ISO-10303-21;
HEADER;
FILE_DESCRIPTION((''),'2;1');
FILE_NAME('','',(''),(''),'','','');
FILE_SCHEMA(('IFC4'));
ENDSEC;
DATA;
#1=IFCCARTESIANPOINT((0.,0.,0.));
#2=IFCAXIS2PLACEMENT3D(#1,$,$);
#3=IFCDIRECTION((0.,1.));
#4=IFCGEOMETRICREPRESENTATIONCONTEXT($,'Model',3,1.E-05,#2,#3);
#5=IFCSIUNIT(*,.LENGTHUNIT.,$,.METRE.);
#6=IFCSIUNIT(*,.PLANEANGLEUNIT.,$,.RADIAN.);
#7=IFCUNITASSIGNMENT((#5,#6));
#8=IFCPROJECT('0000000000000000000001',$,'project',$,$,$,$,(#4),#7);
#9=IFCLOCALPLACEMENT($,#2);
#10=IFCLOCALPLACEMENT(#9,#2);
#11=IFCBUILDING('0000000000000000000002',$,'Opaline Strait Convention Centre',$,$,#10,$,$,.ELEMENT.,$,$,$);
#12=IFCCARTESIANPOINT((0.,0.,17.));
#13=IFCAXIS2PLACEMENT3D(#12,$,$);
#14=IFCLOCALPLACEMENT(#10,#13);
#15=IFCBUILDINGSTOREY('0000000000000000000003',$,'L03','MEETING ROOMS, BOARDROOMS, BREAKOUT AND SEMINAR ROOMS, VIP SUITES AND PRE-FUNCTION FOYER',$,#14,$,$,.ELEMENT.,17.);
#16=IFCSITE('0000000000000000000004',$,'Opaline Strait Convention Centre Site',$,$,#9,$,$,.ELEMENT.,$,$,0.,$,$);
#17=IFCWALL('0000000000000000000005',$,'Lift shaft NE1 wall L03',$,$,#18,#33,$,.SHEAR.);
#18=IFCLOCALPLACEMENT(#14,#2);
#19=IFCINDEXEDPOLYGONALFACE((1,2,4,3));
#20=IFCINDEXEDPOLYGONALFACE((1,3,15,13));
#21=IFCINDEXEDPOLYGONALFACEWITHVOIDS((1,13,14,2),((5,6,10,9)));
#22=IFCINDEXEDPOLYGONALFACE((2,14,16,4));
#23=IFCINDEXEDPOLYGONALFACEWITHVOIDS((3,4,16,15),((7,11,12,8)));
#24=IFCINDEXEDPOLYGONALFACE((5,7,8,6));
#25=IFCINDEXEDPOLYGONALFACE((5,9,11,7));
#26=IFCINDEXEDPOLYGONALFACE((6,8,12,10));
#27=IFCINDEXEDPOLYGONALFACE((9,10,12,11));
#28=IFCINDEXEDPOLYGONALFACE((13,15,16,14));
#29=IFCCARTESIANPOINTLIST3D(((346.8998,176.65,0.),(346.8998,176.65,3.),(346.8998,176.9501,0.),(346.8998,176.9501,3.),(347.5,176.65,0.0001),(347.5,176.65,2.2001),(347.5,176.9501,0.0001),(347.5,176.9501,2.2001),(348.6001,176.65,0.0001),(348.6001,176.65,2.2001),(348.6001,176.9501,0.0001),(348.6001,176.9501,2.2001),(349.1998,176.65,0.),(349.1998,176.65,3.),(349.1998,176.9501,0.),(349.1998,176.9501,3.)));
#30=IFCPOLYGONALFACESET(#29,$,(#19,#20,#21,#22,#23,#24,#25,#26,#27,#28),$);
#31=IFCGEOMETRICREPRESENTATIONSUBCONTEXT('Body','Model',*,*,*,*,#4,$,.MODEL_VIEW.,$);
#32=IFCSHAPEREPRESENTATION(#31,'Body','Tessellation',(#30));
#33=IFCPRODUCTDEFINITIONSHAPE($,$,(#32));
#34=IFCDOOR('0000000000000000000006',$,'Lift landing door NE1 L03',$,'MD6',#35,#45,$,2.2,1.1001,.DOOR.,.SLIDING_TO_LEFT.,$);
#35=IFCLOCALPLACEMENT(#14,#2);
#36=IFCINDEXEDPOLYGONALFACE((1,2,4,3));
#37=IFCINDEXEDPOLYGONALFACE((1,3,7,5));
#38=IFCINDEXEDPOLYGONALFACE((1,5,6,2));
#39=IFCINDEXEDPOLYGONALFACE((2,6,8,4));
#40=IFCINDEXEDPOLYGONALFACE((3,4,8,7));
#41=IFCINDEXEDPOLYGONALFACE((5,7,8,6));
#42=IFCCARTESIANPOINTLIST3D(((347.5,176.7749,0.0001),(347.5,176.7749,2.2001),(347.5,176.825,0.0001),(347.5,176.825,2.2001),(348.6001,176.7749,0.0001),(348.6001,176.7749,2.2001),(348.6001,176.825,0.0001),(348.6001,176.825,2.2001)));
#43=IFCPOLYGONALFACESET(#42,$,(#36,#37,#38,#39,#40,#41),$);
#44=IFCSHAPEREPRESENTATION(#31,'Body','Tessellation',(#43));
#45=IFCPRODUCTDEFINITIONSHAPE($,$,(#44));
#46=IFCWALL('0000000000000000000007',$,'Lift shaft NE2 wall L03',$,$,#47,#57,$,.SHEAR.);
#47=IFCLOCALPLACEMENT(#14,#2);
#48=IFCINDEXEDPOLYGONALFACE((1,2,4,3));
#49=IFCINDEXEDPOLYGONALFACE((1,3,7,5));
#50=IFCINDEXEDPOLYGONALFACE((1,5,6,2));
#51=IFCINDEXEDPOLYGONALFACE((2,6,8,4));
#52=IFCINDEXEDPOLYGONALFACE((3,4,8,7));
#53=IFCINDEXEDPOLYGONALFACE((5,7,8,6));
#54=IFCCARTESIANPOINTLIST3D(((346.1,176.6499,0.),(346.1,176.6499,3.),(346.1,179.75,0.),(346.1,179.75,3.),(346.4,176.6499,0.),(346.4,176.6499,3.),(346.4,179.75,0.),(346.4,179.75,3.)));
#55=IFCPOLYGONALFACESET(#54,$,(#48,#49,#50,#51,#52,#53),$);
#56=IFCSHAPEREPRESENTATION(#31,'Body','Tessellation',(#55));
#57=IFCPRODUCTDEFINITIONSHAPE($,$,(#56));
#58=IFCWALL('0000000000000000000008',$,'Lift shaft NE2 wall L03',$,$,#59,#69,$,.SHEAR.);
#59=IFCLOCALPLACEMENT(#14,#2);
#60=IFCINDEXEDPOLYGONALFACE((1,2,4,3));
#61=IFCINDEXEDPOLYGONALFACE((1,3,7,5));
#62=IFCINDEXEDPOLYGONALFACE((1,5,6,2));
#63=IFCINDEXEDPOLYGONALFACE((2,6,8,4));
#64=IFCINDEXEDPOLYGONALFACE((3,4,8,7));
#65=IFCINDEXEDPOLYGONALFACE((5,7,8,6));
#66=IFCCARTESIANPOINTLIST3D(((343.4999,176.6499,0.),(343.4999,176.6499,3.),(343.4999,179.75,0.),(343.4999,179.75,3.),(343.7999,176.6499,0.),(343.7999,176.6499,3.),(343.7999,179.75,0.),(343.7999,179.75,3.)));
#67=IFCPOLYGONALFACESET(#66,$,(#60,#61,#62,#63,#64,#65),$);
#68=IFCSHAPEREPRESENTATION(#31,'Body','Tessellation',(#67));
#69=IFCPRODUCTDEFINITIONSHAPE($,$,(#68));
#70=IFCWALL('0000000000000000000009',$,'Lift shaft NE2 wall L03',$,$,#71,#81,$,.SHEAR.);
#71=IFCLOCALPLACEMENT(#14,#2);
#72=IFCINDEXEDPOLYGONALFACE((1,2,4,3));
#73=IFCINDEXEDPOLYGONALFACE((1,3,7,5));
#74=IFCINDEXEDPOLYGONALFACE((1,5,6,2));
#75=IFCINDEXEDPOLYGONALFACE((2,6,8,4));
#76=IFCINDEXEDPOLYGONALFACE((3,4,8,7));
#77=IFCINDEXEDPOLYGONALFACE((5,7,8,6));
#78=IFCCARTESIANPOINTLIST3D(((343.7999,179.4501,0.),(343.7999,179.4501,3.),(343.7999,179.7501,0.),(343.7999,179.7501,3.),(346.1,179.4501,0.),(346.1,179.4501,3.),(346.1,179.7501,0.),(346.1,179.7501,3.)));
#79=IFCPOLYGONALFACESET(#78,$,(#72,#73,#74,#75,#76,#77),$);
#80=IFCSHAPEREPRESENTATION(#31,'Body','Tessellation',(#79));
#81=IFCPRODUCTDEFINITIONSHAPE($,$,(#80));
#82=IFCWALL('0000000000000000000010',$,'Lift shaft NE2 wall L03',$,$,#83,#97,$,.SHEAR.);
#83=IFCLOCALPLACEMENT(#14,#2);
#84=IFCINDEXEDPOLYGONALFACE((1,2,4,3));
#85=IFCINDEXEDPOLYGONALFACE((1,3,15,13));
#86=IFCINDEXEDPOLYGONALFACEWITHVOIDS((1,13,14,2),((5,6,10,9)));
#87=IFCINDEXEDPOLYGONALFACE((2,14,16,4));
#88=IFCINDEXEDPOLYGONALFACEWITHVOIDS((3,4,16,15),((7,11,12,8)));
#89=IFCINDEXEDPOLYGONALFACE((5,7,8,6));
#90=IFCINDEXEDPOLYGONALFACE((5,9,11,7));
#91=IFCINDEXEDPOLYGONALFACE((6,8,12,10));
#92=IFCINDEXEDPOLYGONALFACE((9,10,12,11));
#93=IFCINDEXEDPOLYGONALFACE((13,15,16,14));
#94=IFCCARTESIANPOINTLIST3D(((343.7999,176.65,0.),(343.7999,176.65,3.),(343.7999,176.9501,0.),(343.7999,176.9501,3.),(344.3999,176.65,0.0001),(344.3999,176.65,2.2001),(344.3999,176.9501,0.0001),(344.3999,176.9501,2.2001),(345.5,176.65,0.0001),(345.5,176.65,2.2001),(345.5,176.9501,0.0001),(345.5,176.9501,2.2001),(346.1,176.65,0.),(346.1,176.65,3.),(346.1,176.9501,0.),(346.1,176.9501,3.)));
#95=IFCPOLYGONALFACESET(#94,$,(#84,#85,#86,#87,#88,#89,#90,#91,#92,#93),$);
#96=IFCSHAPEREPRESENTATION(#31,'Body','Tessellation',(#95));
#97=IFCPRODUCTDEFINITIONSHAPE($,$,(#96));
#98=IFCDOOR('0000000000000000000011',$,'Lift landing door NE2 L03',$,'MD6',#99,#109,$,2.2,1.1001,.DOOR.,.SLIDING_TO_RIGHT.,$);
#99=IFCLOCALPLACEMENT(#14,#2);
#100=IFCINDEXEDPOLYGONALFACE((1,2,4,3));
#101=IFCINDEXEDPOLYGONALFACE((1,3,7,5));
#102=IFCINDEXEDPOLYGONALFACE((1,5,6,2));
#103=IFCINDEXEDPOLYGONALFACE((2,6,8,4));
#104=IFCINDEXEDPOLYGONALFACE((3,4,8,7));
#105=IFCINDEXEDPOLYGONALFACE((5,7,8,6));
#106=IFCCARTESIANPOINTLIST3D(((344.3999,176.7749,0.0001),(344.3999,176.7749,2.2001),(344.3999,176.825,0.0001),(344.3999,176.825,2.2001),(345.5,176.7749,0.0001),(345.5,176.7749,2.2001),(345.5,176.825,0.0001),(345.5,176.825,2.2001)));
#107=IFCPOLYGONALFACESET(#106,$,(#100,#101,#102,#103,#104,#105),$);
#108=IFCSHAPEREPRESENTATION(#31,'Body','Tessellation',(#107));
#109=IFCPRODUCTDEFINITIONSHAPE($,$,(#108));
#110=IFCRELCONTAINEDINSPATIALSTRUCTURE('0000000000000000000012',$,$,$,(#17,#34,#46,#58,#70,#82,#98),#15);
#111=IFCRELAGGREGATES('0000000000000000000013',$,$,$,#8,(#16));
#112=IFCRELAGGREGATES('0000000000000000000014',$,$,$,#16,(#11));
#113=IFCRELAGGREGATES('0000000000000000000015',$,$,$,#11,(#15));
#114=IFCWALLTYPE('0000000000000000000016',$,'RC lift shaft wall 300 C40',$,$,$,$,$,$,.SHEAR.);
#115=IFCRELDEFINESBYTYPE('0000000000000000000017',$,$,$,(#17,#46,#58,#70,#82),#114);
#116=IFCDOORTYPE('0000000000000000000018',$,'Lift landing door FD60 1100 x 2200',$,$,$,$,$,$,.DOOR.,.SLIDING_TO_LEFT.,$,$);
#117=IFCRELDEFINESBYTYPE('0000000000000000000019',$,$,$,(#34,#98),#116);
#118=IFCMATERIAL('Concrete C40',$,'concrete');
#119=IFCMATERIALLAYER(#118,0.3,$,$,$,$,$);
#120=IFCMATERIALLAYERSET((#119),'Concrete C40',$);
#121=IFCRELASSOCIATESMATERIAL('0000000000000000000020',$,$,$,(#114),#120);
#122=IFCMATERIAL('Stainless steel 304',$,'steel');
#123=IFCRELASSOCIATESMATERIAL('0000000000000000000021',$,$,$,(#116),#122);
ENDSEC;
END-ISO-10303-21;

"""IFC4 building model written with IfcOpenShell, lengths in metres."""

from ifc_helpers import new_model, si_unit, direction, frame, frame_2d, origin, place, context, subcontext, project, spatial, rectangle, extrude, material, layer, layer_set, type_object, element, fill, save


model = new_model("IFC4")

# Units and contexts
model_context = context("Model", 3, precision=1e-05, world=origin(), true_north=direction((0.0, 1.0)))
body_context = subcontext(model_context, "Body", "Model", "MODEL_VIEW")
ifc_project = project(units=[si_unit("LENGTHUNIT", "METRE"), si_unit("PLANEANGLEUNIT", "RADIAN")], contexts=[model_context])

# Site, building, storey
site_placement = place(None, origin())
site = spatial("IfcSite", under=ifc_project, at=site_placement, Name="Opaline Strait Convention Centre Site", CompositionType="ELEMENT", RefElevation=0.0)
building_placement = place(site_placement, origin())
building = spatial("IfcBuilding", under=site, at=building_placement, Name="Opaline Strait Convention Centre", CompositionType="ELEMENT")
storey_placement = place(building_placement, frame((0.0, 0.0, 17.0)))
storey = spatial("IfcBuildingStorey", under=building, at=storey_placement, Name="L03", Description="MEETING ROOMS, BOARDROOMS, BREAKOUT AND SEMINAR ROOMS, VIP SUITES AND PRE-FUNCTION FOYER", CompositionType="ELEMENT", Elevation=17.0)

# Shared definitions
ifc_material_1 = material(Name="Concrete C40", Category="concrete")

# Shared definitions
ifc_layer_1 = layer(ifc_material_1, 0.3)
ifc_layer_set_1 = layer_set([ifc_layer_1], Name="Concrete C40")
wall_type_1 = type_object("IfcWallType", Name="RC lift shaft wall 300 C40", PredefinedType="SHEAR", material=ifc_layer_set_1)

# Wall, opening, door
wall_1_placement = place(storey_placement, frame((346.8999, 176.8, 0.0), z_axis=(0.0, 0.0, 1.0), x_axis=(1.0, 0.0, 0.0)))
wall_1 = element("IfcWall", 1, at=wall_1_placement, inside=storey, type_object=wall_type_1, Name="Lift shaft NE1 wall L03", PredefinedType="SHEAR", context=body_context, shape_type="SweptSolid", body=[
    extrude(rectangle(XDim=2.3, YDim=0.3, at=frame_2d((1.1499, 0.0))), origin(), (0.0, 0.0, 1.0), 3.0),
])
opening_1_placement = place(wall_1_placement, frame((0.6001, 0.0, 0.0)))
opening_1 = element("IfcOpeningElement", 2, at=opening_1_placement, cuts=wall_1, PredefinedType="OPENING", context=body_context, shape_type="SweptSolid", body=[
    extrude(rectangle(XDim=1.1001, YDim=2.2, at=frame_2d((0.55, 1.1001))), frame((0.0, 0.1599, 0.0), z_axis=(0.0, -1.0, 0.0), x_axis=(1.0, 0.0, 0.0)), (0.0, 0.0, 1.0), 0.3201),
])
ifc_material_2 = material(Name="Stainless steel 304", Category="steel")
door_type_1 = type_object("IfcDoorType", Name="Lift landing door FD60 1100 x 2200", OperationType="SLIDING_TO_LEFT", PredefinedType="DOOR", material=ifc_material_2)
door_1_placement = place(opening_1_placement, origin())
door_1 = element("IfcDoor", 3, at=door_1_placement, inside=storey, type_object=door_type_1, Name="Lift landing door NE1 L03", ObjectType="MD6", OperationType="SLIDING_TO_LEFT", OverallHeight=2.2, OverallWidth=1.1001, PredefinedType="DOOR", context=body_context, shape_type="SweptSolid", body=[
    extrude(rectangle(XDim=1.1001, YDim=2.2, at=frame_2d((0.55, 1.1001))), frame((0.0, 0.0249, 0.0), z_axis=(0.0, -1.0, 0.0), x_axis=(1.0, 0.0, 0.0)), (0.0, 0.0, 1.0), 0.05),
])
fill(opening_1, door_1)

# Walls
for number, where, z_axis, x_axis, name in (
    (4, (346.25, 176.6499, 0.0), (0.0, 0.0, 1.0), (0.0, 1.0, 0.0), "Lift shaft NE2 wall L03"),
    (5, (343.6499, 176.6499, 0.0), (0.0, 0.0, 1.0), (0.0, 1.0, 0.0), "Lift shaft NE2 wall L03"),
):
    element("IfcWall", number, at=place(storey_placement, frame(where, z_axis=z_axis, x_axis=x_axis)), inside=storey, type_object=wall_type_1, Name=name, PredefinedType="SHEAR", context=body_context, shape_type="SweptSolid", body=[
        extrude(rectangle(XDim=3.1001, YDim=0.3, at=frame_2d((1.55, 0.0))), origin(), (0.0, 0.0, 1.0), 3.0),
    ])
wall_2_placement = place(storey_placement, frame((343.8, 179.6001, 0.0), z_axis=(0.0, 0.0, 1.0), x_axis=(1.0, 0.0, 0.0)))
element("IfcWall", 6, at=wall_2_placement, inside=storey, type_object=wall_type_1, Name="Lift shaft NE2 wall L03", PredefinedType="SHEAR", context=body_context, shape_type="SweptSolid", body=[
    extrude(rectangle(XDim=2.3, YDim=0.3, at=frame_2d((1.1499, 0.0))), origin(), (0.0, 0.0, 1.0), 3.0),
])

# Wall, opening, door
wall_3_placement = place(storey_placement, frame((343.8, 176.8, 0.0), z_axis=(0.0, 0.0, 1.0), x_axis=(1.0, 0.0, 0.0)))
wall_3 = element("IfcWall", 7, at=wall_3_placement, inside=storey, type_object=wall_type_1, Name="Lift shaft NE2 wall L03", PredefinedType="SHEAR", context=body_context, shape_type="SweptSolid", body=[
    extrude(rectangle(XDim=2.3, YDim=0.3, at=frame_2d((1.1499, 0.0))), origin(), (0.0, 0.0, 1.0), 3.0),
])
opening_2_placement = place(wall_3_placement, frame((0.5999, 0.0, 0.0)))
opening_2 = element("IfcOpeningElement", 8, at=opening_2_placement, cuts=wall_3, PredefinedType="OPENING", context=body_context, shape_type="SweptSolid", body=[
    extrude(rectangle(XDim=1.1001, YDim=2.2, at=frame_2d((0.55, 1.1001))), frame((0.0, 0.1599, 0.0), z_axis=(0.0, -1.0, 0.0), x_axis=(1.0, 0.0, 0.0)), (0.0, 0.0, 1.0), 0.3201),
])
door_2_placement = place(opening_2_placement, origin())
door_2 = element("IfcDoor", 9, at=door_2_placement, inside=storey, type_object=door_type_1, Name="Lift landing door NE2 L03", ObjectType="MD6", OperationType="SLIDING_TO_RIGHT", OverallHeight=2.2, OverallWidth=1.1001, PredefinedType="DOOR", context=body_context, shape_type="SweptSolid", body=[
    extrude(rectangle(XDim=1.1001, YDim=2.2, at=frame_2d((0.55, 1.1001))), frame((0.0, 0.0249, 0.0), z_axis=(0.0, -1.0, 0.0), x_axis=(1.0, 0.0, 0.0)), (0.0, 0.0, 1.0), 0.05),
])
fill(opening_2, door_2)

save(model, "model.ifc")
